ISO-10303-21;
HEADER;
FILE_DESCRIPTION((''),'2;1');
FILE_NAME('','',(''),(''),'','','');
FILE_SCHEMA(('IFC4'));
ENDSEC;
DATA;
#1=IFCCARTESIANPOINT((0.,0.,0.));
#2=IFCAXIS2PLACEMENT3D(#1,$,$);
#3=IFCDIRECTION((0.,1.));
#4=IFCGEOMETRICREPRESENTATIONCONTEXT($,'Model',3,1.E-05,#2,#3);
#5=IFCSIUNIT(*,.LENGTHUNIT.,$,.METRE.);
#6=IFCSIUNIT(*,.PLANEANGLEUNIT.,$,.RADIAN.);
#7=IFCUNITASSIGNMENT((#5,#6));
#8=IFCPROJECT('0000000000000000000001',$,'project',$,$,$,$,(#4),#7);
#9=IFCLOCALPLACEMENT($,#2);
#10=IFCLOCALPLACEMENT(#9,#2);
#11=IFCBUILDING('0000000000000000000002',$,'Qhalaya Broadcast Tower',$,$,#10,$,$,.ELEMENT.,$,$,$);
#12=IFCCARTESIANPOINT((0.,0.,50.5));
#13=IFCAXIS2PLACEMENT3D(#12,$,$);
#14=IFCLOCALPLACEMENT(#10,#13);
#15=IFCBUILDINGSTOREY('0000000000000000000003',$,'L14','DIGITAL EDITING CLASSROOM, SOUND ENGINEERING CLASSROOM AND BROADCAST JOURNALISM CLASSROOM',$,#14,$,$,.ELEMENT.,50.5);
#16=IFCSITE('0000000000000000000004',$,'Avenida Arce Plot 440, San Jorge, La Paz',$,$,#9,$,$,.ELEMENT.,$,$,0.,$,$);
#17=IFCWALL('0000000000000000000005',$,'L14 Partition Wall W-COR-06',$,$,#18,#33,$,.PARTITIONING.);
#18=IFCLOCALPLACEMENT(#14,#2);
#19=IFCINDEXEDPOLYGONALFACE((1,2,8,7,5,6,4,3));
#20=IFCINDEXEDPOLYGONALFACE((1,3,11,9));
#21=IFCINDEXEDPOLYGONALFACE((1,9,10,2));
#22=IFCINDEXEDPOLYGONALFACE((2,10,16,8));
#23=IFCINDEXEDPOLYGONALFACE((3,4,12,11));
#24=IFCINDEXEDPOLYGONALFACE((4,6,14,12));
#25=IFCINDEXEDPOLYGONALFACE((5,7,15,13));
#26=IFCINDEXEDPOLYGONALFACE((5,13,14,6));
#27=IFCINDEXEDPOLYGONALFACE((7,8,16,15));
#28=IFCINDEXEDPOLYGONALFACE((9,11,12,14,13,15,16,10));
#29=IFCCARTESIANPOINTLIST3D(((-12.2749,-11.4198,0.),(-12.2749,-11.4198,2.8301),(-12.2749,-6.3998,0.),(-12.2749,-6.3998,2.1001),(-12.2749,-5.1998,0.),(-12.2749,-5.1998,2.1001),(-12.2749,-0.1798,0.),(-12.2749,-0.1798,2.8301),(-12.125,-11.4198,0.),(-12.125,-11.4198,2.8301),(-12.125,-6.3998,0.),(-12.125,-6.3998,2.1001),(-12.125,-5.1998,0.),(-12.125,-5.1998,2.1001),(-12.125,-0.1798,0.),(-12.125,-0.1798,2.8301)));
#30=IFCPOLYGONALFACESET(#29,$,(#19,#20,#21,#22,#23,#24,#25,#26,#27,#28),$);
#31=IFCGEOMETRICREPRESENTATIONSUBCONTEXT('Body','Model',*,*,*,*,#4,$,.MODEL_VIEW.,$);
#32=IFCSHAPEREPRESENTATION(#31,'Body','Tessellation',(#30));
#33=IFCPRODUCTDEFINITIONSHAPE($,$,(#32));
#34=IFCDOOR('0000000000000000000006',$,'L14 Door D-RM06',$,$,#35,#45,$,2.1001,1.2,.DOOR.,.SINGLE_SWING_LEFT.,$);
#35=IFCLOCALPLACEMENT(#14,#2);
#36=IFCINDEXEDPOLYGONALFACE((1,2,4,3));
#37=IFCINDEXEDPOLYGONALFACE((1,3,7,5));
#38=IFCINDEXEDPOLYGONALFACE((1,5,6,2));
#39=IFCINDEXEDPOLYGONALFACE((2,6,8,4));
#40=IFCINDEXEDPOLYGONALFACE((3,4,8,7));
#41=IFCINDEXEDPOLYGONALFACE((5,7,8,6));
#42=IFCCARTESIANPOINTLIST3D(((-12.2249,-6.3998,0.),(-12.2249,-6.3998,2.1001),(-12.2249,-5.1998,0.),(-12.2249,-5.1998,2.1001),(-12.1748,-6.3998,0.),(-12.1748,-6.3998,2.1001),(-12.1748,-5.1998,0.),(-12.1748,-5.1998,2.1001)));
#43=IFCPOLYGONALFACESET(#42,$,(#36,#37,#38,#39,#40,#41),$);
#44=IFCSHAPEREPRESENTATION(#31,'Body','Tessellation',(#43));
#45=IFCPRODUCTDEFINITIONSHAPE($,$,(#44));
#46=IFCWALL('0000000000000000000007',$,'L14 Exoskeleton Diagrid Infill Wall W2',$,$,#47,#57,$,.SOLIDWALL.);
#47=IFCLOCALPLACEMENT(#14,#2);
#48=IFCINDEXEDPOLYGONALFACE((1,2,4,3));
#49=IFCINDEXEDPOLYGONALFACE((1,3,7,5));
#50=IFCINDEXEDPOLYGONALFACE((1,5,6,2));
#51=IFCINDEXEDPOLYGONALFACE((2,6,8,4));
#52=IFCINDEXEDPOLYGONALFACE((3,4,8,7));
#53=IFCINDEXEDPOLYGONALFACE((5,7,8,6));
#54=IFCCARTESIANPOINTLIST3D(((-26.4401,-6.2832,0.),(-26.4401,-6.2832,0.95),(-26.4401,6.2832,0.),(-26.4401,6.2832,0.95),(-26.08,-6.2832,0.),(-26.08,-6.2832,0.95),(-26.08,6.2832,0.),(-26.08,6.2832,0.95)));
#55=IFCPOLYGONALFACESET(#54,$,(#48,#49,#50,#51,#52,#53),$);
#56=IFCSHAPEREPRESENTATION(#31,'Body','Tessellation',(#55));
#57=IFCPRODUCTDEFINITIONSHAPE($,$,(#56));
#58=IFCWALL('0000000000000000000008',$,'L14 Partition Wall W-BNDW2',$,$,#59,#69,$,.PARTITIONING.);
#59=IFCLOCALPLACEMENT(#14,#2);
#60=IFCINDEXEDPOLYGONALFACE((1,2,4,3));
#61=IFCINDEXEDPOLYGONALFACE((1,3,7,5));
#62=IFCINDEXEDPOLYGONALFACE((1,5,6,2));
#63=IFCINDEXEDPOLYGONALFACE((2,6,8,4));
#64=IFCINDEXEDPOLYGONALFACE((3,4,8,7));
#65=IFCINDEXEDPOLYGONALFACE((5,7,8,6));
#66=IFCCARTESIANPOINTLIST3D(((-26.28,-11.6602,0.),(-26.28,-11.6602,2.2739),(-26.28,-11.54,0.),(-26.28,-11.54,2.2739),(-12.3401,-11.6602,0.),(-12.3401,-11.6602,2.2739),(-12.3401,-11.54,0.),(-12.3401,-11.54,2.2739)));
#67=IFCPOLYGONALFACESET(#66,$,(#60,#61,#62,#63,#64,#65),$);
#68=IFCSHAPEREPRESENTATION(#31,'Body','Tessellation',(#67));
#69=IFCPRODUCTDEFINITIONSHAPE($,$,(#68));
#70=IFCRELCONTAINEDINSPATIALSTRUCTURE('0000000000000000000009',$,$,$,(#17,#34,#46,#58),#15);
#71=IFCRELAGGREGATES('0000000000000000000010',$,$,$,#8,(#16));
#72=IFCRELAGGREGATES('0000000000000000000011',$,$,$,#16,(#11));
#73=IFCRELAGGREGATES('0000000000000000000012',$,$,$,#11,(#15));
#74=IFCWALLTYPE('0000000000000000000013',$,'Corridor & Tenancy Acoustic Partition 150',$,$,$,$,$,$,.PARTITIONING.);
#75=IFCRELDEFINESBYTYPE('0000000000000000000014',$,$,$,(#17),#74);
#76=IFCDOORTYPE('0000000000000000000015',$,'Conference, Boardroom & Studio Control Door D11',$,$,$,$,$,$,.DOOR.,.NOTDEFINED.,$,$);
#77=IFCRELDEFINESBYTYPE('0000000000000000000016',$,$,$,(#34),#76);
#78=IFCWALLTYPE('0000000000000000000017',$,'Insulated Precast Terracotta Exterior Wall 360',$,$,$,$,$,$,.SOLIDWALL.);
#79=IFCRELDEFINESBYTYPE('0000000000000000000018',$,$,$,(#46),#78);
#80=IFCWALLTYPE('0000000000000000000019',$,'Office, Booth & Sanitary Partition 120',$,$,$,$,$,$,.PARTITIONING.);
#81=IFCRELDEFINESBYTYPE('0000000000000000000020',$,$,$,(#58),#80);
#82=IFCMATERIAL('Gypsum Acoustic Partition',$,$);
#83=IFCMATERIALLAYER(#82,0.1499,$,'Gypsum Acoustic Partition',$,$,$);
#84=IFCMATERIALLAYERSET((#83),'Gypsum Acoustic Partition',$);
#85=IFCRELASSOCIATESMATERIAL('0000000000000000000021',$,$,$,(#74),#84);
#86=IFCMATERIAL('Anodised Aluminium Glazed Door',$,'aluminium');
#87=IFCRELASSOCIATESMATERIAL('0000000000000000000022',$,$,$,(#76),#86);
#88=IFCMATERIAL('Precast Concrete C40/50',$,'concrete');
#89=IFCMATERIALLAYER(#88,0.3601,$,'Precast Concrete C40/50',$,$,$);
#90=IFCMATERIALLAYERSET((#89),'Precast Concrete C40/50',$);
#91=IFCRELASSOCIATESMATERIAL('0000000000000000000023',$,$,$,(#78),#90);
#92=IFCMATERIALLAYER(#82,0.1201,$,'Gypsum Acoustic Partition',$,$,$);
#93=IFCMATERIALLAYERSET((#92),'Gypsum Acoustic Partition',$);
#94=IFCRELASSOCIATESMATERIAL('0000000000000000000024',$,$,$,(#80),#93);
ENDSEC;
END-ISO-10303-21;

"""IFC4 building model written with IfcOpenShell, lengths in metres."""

from ifc_helpers import new_model, si_unit, direction, frame, frame_2d, origin, place, context, subcontext, project, spatial, rectangle, extrude, material, layer, layer_set, type_object, element, fill, save


model = new_model("IFC4")

# Units and contexts
model_context = context("Model", 3, precision=1e-05, world=origin(), true_north=direction((0.0, 1.0)))
body_context = subcontext(model_context, "Body", "Model", "MODEL_VIEW")
ifc_project = project(units=[si_unit("LENGTHUNIT", "METRE"), si_unit("PLANEANGLEUNIT", "RADIAN")], contexts=[model_context])

# Site, building, storey
site_placement = place(None, origin())
site = spatial("IfcSite", under=ifc_project, at=site_placement, Name="Avenida Arce Plot 440, San Jorge, La Paz", CompositionType="ELEMENT", RefElevation=0.0)
building_placement = place(site_placement, origin())
building = spatial("IfcBuilding", under=site, at=building_placement, Name="Qhalaya Broadcast Tower", CompositionType="ELEMENT")
storey_placement = place(building_placement, frame((0.0, 0.0, 50.5)))
storey = spatial("IfcBuildingStorey", under=building, at=storey_placement, Name="L14", Description="DIGITAL EDITING CLASSROOM, SOUND ENGINEERING CLASSROOM AND BROADCAST JOURNALISM CLASSROOM", CompositionType="ELEMENT", Elevation=50.5)

# Wall, opening, door
ifc_material_1 = material(Name="Gypsum Acoustic Partition")
ifc_layer_1 = layer(ifc_material_1, 0.1499, Name="Gypsum Acoustic Partition")
ifc_layer_set_1 = layer_set([ifc_layer_1], Name="Gypsum Acoustic Partition")
wall_type_1 = type_object("IfcWallType", Name="Corridor & Tenancy Acoustic Partition 150", PredefinedType="PARTITIONING", material=ifc_layer_set_1)
wall_1_placement = place(storey_placement, frame((-12.2, -11.4199, 0.0), z_axis=(0.0, 0.0, 1.0), x_axis=(0.0, 1.0, 0.0)))
wall_1 = element("IfcWall", 1, at=wall_1_placement, inside=storey, type_object=wall_type_1, Name="L14 Partition Wall W-COR-06", PredefinedType="PARTITIONING", context=body_context, shape_type="SweptSolid", body=[
    extrude(rectangle(XDim=11.24, YDim=0.1499, at=frame_2d((5.6201, 0.0))), origin(), (0.0, 0.0, 1.0), 2.8301),
])
opening_placement = place(wall_1_placement, frame((5.02, 0.0, 0.0)))
opening = element("IfcOpeningElement", 2, at=opening_placement, cuts=wall_1, PredefinedType="OPENING", context=body_context, shape_type="SweptSolid", body=[
    extrude(rectangle(XDim=1.2, YDim=2.1001, at=frame_2d((0.6001, 1.05))), frame((0.0, 0.0869, 0.0), z_axis=(0.0, -1.0, 0.0), x_axis=(1.0, 0.0, 0.0)), (0.0, 0.0, 1.0), 0.1738),
])
ifc_material_2 = material(Name="Anodised Aluminium Glazed Door", Category="aluminium")
door_type = type_object("IfcDoorType", Name="Conference, Boardroom & Studio Control Door D11", OperationType="NOTDEFINED", PredefinedType="DOOR", material=ifc_material_2)
door_placement = place(opening_placement, origin())
door = element("IfcDoor", 3, at=door_placement, inside=storey, type_object=door_type, Name="L14 Door D-RM06", OperationType="SINGLE_SWING_LEFT", OverallHeight=2.1001, OverallWidth=1.2, PredefinedType="DOOR", context=body_context, shape_type="SweptSolid", body=[
    extrude(rectangle(XDim=1.2, YDim=2.1001, at=frame_2d((0.6001, 1.05))), frame((0.0, 0.0249, 0.0), z_axis=(0.0, -1.0, 0.0), x_axis=(1.0, 0.0, 0.0)), (0.0, 0.0, 1.0), 0.05),
])
fill(opening, door)

# Walls
ifc_material_3 = material(Name="Precast Concrete C40/50", Category="concrete")
ifc_layer_2 = layer(ifc_material_3, 0.3601, Name="Precast Concrete C40/50")
ifc_layer_set_2 = layer_set([ifc_layer_2], Name="Precast Concrete C40/50")
wall_type_2 = type_object("IfcWallType", Name="Insulated Precast Terracotta Exterior Wall 360", PredefinedType="SOLIDWALL", material=ifc_layer_set_2)
wall_2_placement = place(storey_placement, frame((-26.26, -6.2832, 0.0), z_axis=(0.0, 0.0, 1.0), x_axis=(0.0, 1.0, 0.0)))
element("IfcWall", 4, at=wall_2_placement, inside=storey, type_object=wall_type_2, Name="L14 Exoskeleton Diagrid Infill Wall W2", PredefinedType="SOLIDWALL", context=body_context, shape_type="SweptSolid", body=[
    extrude(rectangle(XDim=12.5664, YDim=0.3601, at=frame_2d((6.2832, 0.0))), origin(), (0.0, 0.0, 1.0), 0.95),
])
ifc_layer_3 = layer(ifc_material_1, 0.1201, Name="Gypsum Acoustic Partition")
ifc_layer_set_3 = layer_set([ifc_layer_3], Name="Gypsum Acoustic Partition")
wall_type_3 = type_object("IfcWallType", Name="Office, Booth & Sanitary Partition 120", PredefinedType="PARTITIONING", material=ifc_layer_set_3)
wall_3_placement = place(storey_placement, frame((-26.28, -11.6001, 0.0), z_axis=(0.0, 0.0, 1.0), x_axis=(1.0, 0.0, 0.0)))
element("IfcWall", 5, at=wall_3_placement, inside=storey, type_object=wall_type_3, Name="L14 Partition Wall W-BNDW2", PredefinedType="PARTITIONING", context=body_context, shape_type="SweptSolid", body=[
    extrude(rectangle(XDim=13.9399, YDim=0.1201, at=frame_2d((6.97, 0.0))), origin(), (0.0, 0.0, 1.0), 2.2739),
])

save(model, "model.ifc")
